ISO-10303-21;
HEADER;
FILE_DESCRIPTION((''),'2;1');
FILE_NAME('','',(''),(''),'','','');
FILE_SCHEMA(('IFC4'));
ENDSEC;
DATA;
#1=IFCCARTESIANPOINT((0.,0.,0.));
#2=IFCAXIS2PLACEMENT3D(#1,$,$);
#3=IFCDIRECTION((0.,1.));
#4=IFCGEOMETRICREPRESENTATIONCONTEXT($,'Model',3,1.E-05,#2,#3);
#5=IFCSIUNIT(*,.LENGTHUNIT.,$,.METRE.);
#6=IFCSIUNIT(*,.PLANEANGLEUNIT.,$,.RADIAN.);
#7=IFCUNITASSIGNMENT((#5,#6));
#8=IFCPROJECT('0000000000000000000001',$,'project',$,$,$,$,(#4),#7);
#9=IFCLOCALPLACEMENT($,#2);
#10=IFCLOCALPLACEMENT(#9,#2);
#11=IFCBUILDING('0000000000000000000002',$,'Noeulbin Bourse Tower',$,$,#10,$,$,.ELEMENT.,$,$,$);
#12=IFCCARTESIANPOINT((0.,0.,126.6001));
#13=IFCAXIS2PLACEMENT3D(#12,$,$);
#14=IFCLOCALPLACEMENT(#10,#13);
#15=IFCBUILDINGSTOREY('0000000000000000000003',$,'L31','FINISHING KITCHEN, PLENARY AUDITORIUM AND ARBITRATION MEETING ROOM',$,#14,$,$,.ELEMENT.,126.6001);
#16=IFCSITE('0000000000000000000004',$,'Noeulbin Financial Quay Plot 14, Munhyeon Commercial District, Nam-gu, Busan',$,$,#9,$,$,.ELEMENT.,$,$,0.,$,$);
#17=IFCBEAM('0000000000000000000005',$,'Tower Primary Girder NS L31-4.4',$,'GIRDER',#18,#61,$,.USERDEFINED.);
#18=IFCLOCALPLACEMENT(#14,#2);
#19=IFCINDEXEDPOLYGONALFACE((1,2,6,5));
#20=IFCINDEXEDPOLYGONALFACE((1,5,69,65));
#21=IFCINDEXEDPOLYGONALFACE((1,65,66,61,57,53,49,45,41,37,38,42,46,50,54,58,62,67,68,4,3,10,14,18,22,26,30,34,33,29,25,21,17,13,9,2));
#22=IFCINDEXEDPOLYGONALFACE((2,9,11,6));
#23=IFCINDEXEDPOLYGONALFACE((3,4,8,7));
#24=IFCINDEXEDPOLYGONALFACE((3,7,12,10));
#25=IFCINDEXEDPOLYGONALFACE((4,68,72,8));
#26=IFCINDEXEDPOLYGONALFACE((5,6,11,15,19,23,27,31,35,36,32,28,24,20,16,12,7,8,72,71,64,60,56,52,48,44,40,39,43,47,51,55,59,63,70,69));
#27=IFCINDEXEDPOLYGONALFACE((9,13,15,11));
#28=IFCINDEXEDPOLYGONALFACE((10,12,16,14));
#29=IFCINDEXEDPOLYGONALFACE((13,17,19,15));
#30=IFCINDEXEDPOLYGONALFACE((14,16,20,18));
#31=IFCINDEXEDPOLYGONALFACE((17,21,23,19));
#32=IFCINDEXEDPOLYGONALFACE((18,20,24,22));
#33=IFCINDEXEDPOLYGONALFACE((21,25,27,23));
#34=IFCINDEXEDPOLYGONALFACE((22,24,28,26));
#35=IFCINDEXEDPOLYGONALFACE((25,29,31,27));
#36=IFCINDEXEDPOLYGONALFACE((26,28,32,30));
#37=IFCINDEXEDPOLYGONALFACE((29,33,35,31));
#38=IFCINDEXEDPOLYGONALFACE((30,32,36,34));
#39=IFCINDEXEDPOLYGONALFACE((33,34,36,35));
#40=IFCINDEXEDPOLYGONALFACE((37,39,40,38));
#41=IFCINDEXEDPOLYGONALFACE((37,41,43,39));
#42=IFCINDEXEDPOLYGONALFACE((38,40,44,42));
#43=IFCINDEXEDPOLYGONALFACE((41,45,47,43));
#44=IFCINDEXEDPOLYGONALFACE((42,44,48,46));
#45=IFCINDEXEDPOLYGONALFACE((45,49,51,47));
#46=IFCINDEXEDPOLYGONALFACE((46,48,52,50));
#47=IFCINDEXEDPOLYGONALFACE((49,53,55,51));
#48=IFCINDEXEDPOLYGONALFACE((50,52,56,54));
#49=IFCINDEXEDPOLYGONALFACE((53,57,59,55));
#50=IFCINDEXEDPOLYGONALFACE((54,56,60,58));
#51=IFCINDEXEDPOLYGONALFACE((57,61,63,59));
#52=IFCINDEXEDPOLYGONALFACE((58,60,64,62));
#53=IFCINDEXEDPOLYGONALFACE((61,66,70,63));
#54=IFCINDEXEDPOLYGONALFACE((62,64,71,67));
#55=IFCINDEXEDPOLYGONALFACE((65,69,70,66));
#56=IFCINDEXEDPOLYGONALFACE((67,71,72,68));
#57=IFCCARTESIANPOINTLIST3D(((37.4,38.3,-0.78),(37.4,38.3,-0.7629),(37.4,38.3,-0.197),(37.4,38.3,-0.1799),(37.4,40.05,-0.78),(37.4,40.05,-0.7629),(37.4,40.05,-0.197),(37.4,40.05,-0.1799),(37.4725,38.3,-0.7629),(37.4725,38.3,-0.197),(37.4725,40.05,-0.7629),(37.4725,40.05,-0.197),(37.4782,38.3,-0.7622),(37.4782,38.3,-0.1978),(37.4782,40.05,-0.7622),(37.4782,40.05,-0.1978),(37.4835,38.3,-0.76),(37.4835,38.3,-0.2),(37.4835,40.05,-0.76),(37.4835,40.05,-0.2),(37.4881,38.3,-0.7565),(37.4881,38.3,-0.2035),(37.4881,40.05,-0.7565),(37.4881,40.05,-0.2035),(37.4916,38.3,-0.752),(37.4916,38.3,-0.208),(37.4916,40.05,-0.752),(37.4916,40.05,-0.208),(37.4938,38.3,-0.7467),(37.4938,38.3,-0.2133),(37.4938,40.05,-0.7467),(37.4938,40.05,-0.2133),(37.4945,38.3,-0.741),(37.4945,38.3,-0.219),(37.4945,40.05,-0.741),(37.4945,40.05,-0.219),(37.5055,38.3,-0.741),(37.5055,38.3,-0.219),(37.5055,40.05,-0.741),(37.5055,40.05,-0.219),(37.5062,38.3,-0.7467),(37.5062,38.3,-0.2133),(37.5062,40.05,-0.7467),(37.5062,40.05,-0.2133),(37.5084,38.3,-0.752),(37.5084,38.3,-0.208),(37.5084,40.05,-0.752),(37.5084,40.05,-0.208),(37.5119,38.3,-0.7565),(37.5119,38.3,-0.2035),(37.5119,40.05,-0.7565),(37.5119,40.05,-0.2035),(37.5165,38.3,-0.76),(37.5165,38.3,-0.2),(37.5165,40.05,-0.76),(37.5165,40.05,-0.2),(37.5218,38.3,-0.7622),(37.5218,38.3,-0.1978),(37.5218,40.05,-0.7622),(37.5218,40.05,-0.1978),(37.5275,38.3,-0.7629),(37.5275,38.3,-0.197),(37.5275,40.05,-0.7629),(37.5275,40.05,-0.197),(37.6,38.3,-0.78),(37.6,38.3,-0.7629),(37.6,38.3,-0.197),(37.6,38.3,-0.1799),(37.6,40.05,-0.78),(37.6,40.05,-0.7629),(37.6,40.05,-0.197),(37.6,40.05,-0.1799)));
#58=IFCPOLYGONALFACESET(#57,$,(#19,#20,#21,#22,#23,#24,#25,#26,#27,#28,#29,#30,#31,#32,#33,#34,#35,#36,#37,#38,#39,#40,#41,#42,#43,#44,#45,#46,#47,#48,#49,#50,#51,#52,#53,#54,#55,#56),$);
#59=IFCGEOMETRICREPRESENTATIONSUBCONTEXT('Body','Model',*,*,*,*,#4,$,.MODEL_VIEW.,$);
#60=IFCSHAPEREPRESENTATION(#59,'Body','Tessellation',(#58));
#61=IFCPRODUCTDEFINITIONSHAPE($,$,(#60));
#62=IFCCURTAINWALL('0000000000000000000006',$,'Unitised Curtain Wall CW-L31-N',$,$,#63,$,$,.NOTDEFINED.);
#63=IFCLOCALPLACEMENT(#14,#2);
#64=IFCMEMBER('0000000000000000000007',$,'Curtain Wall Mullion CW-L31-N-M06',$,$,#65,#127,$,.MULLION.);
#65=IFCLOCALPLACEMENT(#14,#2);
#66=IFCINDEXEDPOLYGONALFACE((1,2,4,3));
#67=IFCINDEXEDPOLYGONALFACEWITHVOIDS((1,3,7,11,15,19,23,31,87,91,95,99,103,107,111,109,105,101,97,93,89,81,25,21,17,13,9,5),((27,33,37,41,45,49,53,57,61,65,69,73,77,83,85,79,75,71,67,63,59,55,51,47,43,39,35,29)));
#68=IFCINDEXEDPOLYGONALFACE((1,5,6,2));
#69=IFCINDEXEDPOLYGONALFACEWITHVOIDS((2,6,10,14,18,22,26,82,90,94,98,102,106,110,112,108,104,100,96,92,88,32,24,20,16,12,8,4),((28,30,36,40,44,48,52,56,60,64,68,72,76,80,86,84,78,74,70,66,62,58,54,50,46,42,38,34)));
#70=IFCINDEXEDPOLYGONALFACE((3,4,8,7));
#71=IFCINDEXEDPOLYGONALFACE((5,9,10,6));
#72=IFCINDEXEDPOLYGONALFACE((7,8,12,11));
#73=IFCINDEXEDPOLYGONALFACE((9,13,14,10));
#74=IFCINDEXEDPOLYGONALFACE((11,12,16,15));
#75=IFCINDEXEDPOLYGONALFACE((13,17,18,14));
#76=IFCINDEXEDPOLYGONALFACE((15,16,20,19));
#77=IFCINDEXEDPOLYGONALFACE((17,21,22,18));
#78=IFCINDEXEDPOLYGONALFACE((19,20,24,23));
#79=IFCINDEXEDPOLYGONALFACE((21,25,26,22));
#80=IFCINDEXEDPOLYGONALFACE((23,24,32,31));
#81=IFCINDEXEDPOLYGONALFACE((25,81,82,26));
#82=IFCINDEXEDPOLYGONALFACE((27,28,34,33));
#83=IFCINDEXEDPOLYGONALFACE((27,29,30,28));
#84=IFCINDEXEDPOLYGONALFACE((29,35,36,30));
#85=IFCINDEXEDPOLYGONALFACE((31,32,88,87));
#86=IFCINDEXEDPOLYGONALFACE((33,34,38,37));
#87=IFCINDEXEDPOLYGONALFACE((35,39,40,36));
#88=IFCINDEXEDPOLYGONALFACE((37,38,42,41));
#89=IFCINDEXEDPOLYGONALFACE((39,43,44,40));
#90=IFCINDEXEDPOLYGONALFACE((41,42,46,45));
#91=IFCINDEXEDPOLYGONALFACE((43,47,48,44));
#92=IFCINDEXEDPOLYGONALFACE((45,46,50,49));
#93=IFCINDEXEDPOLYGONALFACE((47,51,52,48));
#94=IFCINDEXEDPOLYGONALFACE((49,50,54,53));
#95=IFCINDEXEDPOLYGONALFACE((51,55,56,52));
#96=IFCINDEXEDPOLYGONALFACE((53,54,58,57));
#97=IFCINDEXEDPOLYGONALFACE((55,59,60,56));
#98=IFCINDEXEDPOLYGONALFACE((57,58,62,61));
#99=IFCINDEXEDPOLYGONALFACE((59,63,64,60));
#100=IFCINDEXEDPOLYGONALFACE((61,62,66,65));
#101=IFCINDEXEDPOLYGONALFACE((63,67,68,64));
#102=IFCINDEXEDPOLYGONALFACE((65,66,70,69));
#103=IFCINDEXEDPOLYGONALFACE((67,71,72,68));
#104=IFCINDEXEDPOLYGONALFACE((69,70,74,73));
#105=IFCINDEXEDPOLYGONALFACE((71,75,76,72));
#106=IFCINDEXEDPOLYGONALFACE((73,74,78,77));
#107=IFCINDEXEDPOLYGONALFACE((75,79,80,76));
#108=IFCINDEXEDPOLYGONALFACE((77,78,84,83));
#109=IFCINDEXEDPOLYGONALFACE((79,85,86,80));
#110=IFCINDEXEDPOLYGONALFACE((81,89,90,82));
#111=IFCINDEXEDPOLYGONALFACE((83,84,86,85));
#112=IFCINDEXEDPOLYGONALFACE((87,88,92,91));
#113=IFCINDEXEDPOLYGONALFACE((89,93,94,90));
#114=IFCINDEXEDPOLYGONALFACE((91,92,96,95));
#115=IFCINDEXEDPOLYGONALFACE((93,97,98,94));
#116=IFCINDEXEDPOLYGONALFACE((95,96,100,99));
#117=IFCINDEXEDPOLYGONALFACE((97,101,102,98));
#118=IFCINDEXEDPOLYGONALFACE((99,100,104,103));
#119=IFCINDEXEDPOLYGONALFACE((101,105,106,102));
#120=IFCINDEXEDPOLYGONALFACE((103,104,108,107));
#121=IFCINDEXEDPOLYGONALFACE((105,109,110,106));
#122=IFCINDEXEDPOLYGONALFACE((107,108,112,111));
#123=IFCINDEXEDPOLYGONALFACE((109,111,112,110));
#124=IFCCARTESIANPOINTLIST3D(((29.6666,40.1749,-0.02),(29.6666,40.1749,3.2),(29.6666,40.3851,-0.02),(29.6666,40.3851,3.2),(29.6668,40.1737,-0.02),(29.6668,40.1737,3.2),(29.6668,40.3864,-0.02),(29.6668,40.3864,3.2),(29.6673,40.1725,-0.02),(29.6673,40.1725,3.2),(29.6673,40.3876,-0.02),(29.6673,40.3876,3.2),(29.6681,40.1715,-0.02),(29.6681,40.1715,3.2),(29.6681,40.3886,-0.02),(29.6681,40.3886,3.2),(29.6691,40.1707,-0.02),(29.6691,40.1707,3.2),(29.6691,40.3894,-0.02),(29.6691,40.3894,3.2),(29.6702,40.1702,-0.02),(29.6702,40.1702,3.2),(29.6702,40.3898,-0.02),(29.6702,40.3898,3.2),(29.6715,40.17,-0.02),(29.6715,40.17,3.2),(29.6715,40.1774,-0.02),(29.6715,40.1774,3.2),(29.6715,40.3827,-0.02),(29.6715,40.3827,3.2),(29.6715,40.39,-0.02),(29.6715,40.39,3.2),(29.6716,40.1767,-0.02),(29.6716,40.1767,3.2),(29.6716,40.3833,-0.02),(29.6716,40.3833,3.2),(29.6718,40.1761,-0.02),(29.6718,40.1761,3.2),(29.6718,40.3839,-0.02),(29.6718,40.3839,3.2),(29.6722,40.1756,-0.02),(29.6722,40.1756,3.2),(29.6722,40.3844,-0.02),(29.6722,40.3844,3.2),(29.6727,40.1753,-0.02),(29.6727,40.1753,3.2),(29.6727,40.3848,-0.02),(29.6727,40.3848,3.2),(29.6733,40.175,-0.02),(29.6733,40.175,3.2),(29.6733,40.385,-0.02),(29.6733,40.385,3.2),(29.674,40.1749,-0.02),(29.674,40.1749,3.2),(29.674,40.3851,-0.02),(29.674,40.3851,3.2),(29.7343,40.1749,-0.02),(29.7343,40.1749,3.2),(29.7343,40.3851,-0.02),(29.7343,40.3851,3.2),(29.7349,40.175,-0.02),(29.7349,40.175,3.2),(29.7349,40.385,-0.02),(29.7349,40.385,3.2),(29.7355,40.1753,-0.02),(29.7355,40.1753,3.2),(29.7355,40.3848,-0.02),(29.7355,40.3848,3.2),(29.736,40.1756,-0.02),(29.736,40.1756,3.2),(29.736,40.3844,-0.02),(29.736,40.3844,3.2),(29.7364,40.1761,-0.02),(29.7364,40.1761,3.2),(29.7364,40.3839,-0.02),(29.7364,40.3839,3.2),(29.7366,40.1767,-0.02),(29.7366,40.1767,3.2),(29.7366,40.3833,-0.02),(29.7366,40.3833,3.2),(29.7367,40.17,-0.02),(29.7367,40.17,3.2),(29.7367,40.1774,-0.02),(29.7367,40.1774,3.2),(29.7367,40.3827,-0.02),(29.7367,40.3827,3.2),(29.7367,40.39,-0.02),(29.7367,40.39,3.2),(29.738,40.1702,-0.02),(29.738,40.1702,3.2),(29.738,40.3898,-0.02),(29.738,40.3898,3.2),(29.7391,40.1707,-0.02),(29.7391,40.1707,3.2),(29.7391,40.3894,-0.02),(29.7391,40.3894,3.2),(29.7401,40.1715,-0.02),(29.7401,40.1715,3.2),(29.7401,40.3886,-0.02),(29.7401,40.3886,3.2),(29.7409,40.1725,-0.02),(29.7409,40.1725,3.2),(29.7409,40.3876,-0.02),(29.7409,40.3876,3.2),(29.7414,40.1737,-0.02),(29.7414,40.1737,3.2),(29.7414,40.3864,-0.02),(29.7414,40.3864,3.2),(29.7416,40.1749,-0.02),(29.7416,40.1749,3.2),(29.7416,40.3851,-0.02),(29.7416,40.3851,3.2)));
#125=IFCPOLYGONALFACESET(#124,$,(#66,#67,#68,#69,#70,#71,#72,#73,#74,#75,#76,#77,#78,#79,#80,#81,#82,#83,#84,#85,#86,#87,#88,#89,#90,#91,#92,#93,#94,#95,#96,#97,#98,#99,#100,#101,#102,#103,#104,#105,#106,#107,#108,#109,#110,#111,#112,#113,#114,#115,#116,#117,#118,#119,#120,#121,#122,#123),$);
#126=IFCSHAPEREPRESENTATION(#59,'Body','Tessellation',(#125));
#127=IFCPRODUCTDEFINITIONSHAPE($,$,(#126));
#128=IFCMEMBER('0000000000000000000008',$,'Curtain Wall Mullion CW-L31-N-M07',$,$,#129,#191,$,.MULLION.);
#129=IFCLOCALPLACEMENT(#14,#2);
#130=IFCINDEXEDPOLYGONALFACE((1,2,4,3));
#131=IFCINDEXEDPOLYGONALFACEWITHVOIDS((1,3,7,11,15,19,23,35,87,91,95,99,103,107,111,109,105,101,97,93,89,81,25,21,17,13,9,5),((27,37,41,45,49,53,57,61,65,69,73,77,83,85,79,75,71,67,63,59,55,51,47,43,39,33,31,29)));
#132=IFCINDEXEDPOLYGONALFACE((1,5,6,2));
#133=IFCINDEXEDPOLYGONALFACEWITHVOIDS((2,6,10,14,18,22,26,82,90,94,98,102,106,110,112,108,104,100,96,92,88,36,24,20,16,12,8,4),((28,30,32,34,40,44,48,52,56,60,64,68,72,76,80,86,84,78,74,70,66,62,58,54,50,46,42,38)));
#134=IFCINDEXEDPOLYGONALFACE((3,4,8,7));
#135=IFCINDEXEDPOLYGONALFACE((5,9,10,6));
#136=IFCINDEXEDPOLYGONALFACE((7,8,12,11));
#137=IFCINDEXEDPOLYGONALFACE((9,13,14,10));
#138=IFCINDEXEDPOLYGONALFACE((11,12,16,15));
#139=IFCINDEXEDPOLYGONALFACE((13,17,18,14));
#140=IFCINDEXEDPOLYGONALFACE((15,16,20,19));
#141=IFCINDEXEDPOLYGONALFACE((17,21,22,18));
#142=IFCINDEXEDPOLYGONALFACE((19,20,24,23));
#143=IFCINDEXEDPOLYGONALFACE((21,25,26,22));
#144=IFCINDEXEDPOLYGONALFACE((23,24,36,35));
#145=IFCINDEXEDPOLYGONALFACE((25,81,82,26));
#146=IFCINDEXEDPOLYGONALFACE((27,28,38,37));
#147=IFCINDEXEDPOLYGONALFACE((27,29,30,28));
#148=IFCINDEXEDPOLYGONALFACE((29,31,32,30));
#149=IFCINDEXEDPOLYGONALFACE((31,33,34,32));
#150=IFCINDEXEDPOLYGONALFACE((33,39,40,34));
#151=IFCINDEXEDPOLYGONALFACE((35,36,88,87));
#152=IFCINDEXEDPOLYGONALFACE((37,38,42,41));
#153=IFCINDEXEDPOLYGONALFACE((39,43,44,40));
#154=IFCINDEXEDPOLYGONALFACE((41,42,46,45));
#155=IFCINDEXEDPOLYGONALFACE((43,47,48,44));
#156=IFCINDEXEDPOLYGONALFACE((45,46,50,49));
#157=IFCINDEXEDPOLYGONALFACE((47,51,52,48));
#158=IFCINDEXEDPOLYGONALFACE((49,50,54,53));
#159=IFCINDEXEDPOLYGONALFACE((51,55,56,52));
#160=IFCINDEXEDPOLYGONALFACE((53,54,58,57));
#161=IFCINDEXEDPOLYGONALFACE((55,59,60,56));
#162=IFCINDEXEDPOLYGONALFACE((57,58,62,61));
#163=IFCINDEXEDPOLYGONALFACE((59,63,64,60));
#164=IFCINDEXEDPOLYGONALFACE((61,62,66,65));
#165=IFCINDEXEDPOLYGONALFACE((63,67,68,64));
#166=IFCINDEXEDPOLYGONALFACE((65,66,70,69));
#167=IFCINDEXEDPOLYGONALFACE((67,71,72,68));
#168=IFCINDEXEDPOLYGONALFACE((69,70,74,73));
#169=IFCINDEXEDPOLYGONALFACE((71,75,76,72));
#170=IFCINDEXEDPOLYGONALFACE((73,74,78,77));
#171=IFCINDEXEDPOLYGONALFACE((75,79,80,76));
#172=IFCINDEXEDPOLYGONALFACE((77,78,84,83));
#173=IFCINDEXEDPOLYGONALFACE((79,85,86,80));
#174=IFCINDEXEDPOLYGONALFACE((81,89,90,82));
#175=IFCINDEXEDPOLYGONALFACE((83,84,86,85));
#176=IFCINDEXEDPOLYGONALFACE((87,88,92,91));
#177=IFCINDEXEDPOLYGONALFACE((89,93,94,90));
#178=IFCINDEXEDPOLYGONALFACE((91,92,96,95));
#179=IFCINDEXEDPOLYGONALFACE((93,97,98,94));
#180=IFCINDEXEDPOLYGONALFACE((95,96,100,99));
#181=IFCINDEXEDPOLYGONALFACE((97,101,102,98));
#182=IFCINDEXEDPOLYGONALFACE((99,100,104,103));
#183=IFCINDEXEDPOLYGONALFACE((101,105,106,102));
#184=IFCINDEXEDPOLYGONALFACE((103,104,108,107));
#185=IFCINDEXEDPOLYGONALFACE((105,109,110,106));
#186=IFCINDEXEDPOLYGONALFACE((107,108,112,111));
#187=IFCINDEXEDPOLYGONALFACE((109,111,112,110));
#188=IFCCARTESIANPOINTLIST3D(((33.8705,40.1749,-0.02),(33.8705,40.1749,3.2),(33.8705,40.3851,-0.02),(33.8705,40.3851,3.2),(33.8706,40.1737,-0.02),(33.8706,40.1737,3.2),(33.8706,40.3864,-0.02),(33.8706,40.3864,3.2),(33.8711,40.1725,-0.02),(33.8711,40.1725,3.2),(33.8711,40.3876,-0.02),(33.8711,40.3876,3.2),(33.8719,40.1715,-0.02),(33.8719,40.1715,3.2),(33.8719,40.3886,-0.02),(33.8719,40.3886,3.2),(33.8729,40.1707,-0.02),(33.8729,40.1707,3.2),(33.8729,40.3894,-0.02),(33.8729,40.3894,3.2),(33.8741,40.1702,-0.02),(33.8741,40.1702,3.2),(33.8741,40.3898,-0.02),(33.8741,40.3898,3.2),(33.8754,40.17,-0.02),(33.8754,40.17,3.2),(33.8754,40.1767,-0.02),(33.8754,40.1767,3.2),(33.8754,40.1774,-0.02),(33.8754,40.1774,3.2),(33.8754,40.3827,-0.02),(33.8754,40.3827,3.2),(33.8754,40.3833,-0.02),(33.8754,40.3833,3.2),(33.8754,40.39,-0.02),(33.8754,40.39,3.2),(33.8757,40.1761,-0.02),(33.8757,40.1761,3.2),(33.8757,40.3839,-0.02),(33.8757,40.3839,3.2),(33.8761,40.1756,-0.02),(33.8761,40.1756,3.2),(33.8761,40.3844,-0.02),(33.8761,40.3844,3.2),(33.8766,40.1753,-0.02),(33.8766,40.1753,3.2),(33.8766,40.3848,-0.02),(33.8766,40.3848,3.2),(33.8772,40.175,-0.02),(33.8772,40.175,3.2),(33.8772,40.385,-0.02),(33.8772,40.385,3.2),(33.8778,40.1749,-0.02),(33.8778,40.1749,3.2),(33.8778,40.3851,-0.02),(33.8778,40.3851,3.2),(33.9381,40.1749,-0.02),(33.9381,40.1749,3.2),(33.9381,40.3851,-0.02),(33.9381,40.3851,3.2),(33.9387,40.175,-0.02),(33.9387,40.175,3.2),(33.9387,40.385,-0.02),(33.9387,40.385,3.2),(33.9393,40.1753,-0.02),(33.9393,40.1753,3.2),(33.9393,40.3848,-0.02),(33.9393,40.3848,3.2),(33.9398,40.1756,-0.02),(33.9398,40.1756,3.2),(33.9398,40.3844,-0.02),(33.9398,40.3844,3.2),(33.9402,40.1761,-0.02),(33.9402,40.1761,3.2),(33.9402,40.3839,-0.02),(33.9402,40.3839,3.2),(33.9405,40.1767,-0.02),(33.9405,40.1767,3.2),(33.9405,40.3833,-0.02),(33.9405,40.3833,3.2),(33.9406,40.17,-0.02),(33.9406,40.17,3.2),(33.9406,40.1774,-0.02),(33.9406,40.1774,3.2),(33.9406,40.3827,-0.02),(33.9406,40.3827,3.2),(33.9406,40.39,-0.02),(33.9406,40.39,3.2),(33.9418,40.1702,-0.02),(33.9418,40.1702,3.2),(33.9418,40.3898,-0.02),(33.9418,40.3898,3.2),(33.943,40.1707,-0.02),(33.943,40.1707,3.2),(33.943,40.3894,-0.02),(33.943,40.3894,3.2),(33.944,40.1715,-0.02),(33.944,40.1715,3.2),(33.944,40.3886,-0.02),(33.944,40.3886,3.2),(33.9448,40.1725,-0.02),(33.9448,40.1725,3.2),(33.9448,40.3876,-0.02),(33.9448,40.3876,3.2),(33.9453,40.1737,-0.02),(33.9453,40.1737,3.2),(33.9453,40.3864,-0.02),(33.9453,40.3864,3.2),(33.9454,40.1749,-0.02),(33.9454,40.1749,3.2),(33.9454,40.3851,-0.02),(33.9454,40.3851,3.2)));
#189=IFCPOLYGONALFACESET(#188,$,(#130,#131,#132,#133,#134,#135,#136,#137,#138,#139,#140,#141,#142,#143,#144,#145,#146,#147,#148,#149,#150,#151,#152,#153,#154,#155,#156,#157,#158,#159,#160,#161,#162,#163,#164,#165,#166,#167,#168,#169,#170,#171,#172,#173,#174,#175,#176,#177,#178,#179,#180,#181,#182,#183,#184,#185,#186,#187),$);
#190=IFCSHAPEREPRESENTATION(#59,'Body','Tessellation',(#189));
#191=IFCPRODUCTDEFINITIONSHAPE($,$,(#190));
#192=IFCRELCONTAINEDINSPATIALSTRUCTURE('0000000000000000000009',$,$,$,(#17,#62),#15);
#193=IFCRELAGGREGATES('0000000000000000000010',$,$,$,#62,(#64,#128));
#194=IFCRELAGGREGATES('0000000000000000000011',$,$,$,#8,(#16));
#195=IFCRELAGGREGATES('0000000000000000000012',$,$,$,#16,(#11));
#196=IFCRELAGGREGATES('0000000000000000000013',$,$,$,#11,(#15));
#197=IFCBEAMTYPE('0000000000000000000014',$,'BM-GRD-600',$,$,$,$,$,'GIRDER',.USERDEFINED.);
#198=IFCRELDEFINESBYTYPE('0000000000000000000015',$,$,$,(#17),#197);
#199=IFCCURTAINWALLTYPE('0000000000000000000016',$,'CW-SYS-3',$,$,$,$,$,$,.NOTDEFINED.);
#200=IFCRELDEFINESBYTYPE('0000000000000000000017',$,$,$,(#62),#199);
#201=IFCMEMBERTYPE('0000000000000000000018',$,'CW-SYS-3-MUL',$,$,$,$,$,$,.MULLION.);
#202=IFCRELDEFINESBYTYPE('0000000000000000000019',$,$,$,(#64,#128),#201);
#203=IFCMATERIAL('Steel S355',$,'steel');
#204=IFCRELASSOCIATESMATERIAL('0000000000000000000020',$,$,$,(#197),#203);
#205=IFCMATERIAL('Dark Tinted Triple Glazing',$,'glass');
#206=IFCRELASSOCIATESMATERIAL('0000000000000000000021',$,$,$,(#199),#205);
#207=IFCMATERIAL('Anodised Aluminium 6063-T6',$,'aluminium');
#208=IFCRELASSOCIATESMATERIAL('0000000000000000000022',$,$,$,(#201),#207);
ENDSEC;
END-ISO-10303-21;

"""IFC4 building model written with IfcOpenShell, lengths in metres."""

from ifc_helpers import new_model, si_unit, direction, frame, origin, origin_2d, place, context, subcontext, project, spatial, hollow_rectangle, i_section, extrude, material, material_profile, profile_set, type_object, element, aggregate, save


model = new_model("IFC4")

# Units and contexts
model_context = context("Model", 3, precision=1e-05, world=origin(), true_north=direction((0.0, 1.0)))
body_context = subcontext(model_context, "Body", "Model", "MODEL_VIEW")
ifc_project = project(units=[si_unit("LENGTHUNIT", "METRE"), si_unit("PLANEANGLEUNIT", "RADIAN")], contexts=[model_context])

# Site, building, storey
site_placement = place(None, origin())
site = spatial("IfcSite", under=ifc_project, at=site_placement, Name="Noeulbin Financial Quay Plot 14, Munhyeon Commercial District, Nam-gu, Busan", CompositionType="ELEMENT", RefElevation=0.0)
building_placement = place(site_placement, origin())
building = spatial("IfcBuilding", under=site, at=building_placement, Name="Noeulbin Bourse Tower", CompositionType="ELEMENT")
storey_placement = place(building_placement, frame((0.0, 0.0, 126.6001)))
storey = spatial("IfcBuildingStorey", under=building, at=storey_placement, Name="L31", Description="FINISHING KITCHEN, PLENARY AUDITORIUM AND ARBITRATION MEETING ROOM", CompositionType="ELEMENT", Elevation=126.6001)

# Beam
ifc_material_1 = material(Name="Steel S355", Category="steel")
ifc_material_profile_1 = material_profile(ifc_material_1, i_section(OverallWidth=0.2, OverallDepth=0.6001, WebThickness=0.011, FlangeThickness=0.0171, FilletRadius=0.022, at=origin_2d()), Name="H-600x200x11x17", Category="LoadBearing")
ifc_profile_set_1 = profile_set([ifc_material_profile_1], Name="Steel S355")
beam_type = type_object("IfcBeamType", Name="BM-GRD-600", ElementType="GIRDER", PredefinedType="USERDEFINED", material=ifc_profile_set_1)
for number, where, z_axis, x_axis, name in (
    (1, (37.5, 38.3, -0.48), (0.0, 1.0, 0.0), (-1.0, 0.0, 0.0), "Tower Primary Girder NS L31-4.4"),
):
    element("IfcBeam", number, at=place(storey_placement, frame(where, z_axis=z_axis, x_axis=x_axis)), inside=storey, type_object=beam_type, Name=name, ObjectType="GIRDER", PredefinedType="USERDEFINED", context=body_context, shape_type="SweptSolid", body=[
        extrude(i_section(OverallWidth=0.2, OverallDepth=0.6001, WebThickness=0.011, FlangeThickness=0.0171, FilletRadius=0.022, at=origin_2d()), origin(), (0.0, 0.0, 1.0), 1.75),
    ])

# Curtain wall, members
ifc_material_2 = material(Name="Dark Tinted Triple Glazing", Category="glass")
curtain_wall_type = type_object("IfcCurtainWallType", Name="CW-SYS-3", PredefinedType="NOTDEFINED", material=ifc_material_2)
curtain_wall_placement = place(storey_placement, origin())
curtain_wall = element("IfcCurtainWall", 2, at=curtain_wall_placement, inside=storey, type_object=curtain_wall_type, Name="Unitised Curtain Wall CW-L31-N", PredefinedType="NOTDEFINED")
ifc_material_3 = material(Name="Anodised Aluminium 6063-T6", Category="aluminium")
ifc_material_profile_2 = material_profile(ifc_material_3, hollow_rectangle(XDim=0.075, YDim=0.22, WallThickness=0.0049, InnerFilletRadius=0.0024, OuterFilletRadius=0.0049, at=origin_2d()), Name="ALU-MULL-75x220x5", Category="LoadBearing")
ifc_profile_set_2 = profile_set([ifc_material_profile_2], Name="Anodised Aluminium 6063-T6")
member_type = type_object("IfcMemberType", Name="CW-SYS-3-MUL", PredefinedType="MULLION", material=ifc_profile_set_2)
member_1_placement = place(storey_placement, frame((29.7041, 40.28, -0.02), z_axis=(0.0, 0.0, 1.0), x_axis=(1.0, 0.0, 0.0)))
member_1 = element("IfcMember", 3, at=member_1_placement, type_object=member_type, Name="Curtain Wall Mullion CW-L31-N-M06", PredefinedType="MULLION", context=body_context, shape_type="SweptSolid", body=[
    extrude(hollow_rectangle(XDim=0.075, YDim=0.22, WallThickness=0.0049, InnerFilletRadius=0.0024, OuterFilletRadius=0.0049, at=origin_2d()), origin(), (0.0, 0.0, 1.0), 3.22),
])
member_2_placement = place(storey_placement, frame((33.908, 40.28, -0.02), z_axis=(0.0, 0.0, 1.0), x_axis=(1.0, 0.0, 0.0)))
member_2 = element("IfcMember", 4, at=member_2_placement, type_object=member_type, Name="Curtain Wall Mullion CW-L31-N-M07", PredefinedType="MULLION", context=body_context, shape_type="SweptSolid", body=[
    extrude(hollow_rectangle(XDim=0.075, YDim=0.22, WallThickness=0.0049, InnerFilletRadius=0.0024, OuterFilletRadius=0.0049, at=origin_2d()), origin(), (0.0, 0.0, 1.0), 3.22),
])
aggregate(curtain_wall, [member_1, member_2])

save(model, "model.ifc")
